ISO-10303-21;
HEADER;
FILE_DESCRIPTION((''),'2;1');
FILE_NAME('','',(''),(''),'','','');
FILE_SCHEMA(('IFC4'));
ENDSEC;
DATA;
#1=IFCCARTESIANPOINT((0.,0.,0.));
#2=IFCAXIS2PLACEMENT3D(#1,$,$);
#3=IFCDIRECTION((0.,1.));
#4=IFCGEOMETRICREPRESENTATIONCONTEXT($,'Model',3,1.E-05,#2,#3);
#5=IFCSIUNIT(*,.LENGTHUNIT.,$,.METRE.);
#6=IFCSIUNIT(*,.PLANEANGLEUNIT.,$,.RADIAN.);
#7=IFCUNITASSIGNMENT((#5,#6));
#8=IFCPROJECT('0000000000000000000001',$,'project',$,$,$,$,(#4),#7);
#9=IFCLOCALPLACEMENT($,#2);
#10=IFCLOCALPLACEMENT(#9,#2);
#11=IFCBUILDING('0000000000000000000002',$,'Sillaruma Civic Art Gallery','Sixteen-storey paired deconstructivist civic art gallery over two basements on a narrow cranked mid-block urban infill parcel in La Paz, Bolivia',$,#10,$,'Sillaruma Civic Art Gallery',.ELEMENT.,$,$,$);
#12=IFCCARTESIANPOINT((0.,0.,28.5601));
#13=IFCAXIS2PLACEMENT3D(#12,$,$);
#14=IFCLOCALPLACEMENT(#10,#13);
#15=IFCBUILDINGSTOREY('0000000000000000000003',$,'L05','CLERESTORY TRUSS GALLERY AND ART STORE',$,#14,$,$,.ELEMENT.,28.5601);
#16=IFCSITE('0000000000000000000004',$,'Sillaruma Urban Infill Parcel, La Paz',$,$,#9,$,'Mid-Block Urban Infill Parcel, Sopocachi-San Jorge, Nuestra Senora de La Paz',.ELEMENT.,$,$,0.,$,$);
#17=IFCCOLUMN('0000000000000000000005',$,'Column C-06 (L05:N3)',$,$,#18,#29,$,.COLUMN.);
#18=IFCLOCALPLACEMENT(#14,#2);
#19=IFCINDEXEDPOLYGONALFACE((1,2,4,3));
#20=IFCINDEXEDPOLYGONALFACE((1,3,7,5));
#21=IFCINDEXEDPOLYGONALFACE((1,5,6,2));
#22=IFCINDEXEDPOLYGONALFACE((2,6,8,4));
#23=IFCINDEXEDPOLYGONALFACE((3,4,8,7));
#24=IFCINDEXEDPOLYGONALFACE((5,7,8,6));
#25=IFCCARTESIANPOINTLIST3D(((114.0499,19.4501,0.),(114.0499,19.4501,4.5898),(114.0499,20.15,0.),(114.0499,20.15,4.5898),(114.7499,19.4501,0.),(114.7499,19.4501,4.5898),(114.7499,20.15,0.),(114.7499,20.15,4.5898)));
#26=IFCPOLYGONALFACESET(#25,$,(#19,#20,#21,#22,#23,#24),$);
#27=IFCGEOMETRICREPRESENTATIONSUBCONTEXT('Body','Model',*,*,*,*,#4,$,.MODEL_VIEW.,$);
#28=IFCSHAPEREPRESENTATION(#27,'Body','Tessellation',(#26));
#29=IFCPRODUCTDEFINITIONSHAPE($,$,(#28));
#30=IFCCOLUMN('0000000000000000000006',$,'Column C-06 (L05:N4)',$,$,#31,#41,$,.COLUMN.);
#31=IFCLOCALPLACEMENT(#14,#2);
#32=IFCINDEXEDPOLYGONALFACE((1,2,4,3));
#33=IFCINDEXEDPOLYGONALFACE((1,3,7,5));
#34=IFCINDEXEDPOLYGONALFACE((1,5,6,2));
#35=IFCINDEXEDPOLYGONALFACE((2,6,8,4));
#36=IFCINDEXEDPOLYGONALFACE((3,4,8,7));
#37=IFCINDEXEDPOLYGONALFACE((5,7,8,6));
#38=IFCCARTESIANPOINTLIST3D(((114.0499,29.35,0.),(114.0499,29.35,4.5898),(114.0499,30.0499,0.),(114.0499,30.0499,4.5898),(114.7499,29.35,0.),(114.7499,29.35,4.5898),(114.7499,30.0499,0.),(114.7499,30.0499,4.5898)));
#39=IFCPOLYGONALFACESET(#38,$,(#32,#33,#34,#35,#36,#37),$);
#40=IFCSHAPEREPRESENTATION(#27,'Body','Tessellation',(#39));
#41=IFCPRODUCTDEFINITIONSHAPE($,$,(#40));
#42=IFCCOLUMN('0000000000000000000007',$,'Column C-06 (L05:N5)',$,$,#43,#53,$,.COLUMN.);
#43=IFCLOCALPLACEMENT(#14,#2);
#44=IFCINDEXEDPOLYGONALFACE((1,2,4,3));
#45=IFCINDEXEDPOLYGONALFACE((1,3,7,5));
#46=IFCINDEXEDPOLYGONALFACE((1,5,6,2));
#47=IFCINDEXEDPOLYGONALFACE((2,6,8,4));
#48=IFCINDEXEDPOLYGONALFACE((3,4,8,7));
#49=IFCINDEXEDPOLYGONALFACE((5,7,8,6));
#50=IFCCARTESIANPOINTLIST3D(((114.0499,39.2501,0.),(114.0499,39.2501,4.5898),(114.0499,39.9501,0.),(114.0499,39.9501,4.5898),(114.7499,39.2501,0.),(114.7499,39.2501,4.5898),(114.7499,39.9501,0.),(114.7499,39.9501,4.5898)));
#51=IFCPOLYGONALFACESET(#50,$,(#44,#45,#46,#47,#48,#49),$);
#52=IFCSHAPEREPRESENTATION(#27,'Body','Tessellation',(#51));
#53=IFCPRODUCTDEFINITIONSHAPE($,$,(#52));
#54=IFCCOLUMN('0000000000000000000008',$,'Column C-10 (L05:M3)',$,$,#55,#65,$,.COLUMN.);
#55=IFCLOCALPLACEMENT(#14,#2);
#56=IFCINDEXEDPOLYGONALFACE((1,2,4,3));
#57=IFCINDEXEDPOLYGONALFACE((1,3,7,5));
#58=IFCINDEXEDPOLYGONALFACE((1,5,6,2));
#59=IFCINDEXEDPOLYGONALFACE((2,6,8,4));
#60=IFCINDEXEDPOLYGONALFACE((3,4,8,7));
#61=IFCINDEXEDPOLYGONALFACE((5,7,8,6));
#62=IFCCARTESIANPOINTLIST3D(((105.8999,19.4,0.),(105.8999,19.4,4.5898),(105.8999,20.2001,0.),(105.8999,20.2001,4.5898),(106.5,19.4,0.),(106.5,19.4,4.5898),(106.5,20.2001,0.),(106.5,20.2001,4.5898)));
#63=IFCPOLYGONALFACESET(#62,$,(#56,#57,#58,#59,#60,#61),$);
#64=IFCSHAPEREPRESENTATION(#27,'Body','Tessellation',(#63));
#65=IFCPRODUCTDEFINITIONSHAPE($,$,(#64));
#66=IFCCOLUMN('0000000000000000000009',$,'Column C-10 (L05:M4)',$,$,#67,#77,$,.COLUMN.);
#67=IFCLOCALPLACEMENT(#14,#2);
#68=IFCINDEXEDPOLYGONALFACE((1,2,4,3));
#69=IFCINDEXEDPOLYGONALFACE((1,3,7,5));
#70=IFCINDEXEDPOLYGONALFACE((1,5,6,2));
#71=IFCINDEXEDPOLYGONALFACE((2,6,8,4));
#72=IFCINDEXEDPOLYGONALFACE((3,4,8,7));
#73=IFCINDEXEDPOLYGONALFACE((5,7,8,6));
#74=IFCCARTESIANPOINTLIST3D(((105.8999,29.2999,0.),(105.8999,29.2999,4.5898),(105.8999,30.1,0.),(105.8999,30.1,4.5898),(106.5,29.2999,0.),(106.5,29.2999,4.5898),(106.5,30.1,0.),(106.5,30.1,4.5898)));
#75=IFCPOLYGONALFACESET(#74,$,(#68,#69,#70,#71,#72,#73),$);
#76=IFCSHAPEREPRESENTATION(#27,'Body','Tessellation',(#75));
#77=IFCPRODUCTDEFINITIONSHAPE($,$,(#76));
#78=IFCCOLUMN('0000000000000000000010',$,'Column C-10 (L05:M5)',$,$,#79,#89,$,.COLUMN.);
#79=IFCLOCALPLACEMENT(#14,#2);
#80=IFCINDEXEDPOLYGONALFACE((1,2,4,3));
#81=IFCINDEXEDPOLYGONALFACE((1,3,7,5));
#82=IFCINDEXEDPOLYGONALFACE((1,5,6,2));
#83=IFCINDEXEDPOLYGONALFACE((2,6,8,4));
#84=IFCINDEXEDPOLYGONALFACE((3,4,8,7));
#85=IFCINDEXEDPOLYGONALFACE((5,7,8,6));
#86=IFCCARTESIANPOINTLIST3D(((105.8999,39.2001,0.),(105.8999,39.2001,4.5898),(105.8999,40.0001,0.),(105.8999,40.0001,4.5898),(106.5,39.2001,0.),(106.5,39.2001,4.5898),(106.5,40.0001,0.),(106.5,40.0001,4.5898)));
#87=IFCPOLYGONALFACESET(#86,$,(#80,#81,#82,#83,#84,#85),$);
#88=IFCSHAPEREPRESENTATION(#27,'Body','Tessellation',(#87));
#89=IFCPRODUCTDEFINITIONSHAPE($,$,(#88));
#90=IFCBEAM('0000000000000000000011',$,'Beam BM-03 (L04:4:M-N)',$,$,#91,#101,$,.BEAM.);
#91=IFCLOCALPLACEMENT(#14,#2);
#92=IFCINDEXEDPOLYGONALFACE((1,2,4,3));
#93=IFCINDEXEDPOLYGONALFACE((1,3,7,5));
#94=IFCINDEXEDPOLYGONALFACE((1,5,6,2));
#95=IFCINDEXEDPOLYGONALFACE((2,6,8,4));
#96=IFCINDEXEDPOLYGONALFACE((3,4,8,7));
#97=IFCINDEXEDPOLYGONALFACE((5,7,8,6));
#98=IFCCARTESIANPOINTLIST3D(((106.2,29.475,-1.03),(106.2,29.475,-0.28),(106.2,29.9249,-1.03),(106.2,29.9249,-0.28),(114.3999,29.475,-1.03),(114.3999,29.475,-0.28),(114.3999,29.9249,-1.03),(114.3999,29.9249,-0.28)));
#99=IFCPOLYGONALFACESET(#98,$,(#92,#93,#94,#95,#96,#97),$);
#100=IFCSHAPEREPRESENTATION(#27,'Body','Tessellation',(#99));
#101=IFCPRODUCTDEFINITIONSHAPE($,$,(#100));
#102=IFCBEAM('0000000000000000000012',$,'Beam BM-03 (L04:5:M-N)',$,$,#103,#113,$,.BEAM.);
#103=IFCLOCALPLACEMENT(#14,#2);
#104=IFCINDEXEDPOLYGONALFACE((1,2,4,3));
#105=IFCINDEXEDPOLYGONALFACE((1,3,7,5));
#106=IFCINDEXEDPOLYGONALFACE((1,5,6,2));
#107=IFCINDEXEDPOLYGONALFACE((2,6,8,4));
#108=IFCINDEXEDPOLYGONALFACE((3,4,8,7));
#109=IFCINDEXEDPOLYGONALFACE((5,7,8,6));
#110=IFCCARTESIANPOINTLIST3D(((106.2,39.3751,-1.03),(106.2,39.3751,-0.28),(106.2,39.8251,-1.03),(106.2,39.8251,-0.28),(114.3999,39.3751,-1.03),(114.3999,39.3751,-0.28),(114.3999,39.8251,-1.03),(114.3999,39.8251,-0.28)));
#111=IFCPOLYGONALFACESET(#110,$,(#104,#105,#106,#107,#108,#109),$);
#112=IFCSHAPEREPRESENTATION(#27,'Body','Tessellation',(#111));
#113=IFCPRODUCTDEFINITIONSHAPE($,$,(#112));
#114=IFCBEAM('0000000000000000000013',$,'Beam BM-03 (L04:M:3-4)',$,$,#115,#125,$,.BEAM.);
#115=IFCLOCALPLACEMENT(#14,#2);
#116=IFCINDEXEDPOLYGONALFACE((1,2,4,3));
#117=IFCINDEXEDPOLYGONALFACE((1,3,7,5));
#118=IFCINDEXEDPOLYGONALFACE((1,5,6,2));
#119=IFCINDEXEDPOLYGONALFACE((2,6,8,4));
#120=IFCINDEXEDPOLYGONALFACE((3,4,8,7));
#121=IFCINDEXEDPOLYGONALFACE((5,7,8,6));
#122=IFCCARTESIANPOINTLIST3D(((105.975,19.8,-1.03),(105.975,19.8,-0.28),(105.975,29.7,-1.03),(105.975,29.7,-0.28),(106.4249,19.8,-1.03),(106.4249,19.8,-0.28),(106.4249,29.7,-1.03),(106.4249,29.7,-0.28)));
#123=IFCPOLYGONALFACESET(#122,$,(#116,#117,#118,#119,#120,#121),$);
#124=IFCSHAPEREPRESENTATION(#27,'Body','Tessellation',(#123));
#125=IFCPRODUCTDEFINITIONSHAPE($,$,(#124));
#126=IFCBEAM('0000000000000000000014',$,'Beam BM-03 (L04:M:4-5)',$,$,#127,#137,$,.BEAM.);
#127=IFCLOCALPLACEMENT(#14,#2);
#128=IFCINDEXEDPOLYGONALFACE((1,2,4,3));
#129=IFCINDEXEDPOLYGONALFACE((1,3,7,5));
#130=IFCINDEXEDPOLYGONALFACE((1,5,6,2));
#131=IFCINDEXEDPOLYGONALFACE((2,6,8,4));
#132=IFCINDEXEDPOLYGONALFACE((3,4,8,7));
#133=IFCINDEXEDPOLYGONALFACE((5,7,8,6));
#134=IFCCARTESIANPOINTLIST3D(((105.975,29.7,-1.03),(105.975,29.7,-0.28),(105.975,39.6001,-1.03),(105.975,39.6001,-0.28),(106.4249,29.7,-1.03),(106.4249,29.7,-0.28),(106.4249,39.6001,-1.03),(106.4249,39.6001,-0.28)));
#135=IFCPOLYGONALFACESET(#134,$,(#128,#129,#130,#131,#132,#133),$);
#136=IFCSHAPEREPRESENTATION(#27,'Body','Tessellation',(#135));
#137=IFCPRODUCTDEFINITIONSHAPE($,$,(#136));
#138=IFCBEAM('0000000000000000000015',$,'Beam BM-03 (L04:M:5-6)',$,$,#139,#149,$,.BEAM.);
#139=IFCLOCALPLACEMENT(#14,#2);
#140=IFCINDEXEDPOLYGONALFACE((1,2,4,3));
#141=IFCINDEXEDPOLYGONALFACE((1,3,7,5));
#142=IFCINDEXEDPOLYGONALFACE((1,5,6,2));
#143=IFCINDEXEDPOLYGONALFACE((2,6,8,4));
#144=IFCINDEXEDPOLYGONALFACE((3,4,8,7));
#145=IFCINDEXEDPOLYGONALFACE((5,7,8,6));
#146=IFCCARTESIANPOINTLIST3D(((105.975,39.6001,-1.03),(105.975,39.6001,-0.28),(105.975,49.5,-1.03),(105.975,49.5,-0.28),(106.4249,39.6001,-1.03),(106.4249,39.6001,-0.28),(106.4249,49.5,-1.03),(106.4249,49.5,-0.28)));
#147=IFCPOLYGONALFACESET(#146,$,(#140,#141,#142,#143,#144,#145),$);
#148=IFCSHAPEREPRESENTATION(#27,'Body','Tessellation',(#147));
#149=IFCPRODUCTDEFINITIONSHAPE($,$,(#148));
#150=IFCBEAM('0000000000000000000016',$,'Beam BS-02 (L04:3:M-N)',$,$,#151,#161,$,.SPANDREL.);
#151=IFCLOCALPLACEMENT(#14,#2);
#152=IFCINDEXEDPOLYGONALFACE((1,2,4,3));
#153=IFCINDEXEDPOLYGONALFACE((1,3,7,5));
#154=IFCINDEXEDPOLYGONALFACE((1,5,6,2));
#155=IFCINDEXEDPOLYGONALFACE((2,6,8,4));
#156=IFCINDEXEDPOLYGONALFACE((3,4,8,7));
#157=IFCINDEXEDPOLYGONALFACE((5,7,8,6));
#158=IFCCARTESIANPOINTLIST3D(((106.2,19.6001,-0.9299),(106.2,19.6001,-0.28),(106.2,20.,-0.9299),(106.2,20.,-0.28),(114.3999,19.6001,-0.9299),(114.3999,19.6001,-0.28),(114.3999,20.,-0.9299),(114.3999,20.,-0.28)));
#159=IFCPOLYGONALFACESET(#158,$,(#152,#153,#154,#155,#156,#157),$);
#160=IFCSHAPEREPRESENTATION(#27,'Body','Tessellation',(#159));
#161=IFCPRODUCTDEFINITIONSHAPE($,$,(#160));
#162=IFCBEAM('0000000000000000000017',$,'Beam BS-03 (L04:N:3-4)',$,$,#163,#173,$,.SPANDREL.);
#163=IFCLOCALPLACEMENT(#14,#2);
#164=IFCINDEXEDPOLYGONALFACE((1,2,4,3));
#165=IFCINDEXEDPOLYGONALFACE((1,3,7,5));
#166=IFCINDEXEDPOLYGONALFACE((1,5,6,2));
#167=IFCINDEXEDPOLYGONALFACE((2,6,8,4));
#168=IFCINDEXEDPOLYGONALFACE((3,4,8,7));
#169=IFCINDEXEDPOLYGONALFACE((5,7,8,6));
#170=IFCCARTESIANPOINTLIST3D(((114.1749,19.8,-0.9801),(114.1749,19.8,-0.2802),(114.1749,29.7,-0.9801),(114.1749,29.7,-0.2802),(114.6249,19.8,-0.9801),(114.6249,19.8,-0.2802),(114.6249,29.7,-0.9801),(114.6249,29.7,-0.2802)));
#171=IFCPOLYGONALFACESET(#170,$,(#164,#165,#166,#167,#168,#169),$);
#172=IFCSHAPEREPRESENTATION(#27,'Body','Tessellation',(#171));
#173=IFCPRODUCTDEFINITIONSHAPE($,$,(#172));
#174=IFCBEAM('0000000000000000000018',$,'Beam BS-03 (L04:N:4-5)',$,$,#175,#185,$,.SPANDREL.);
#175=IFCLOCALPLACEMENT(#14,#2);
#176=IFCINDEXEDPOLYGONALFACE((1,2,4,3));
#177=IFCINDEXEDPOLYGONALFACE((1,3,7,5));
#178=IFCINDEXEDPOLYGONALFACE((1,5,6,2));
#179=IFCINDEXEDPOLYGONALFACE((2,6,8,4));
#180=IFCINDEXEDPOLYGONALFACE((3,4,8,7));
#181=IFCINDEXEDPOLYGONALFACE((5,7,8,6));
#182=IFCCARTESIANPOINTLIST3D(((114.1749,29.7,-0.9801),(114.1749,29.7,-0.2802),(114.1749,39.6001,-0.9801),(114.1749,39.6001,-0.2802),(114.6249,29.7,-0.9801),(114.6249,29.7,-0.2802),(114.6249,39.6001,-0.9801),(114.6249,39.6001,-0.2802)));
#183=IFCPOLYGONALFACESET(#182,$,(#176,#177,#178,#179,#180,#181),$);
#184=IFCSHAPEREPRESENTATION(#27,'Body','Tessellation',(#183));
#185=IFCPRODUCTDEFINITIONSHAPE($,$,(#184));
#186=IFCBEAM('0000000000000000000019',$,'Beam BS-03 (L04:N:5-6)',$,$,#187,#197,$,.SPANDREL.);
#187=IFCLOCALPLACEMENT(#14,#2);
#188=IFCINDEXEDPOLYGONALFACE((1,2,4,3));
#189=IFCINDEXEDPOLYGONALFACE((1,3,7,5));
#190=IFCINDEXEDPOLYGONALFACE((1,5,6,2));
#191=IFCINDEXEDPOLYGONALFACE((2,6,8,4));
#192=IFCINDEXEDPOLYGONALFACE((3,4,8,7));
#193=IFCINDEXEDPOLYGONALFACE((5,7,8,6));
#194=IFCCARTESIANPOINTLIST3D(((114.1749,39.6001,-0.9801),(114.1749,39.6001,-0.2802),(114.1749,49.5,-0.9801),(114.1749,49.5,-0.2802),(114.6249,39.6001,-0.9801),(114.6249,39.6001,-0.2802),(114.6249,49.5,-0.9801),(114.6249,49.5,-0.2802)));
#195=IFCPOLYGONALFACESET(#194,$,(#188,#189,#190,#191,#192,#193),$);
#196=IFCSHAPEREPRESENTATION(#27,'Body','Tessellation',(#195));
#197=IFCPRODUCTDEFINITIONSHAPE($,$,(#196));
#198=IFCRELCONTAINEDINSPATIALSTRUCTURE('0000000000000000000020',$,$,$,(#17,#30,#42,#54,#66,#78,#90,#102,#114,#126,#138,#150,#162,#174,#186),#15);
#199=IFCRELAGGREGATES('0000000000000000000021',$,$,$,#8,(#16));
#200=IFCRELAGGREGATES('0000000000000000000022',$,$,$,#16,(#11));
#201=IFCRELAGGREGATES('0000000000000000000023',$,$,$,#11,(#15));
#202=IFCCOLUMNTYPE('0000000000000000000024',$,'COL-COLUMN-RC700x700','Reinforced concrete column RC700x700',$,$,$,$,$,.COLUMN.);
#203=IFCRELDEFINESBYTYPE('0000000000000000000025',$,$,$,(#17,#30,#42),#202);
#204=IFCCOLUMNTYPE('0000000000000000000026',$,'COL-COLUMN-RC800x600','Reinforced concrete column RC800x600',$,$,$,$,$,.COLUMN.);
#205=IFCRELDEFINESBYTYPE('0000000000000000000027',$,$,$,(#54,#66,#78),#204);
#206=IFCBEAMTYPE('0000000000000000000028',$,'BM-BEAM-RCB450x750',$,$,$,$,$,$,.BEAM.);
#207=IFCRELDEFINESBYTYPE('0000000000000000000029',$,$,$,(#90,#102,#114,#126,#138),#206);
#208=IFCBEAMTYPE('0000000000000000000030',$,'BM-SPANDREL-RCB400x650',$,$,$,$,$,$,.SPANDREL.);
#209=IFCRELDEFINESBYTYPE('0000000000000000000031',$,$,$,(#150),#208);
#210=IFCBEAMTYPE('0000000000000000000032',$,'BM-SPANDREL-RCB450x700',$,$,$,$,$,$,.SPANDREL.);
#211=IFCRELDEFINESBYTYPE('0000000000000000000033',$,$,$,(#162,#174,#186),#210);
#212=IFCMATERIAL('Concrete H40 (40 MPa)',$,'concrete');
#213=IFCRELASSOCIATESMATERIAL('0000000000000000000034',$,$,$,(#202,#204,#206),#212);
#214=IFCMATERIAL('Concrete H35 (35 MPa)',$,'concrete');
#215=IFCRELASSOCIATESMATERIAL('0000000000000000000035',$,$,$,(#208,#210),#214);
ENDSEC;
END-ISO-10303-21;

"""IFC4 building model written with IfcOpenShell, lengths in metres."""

from ifc_helpers import new_model, si_unit, direction, frame, origin, origin_2d, place, context, subcontext, project, spatial, rectangle, extrude, material, material_profile, profile_set, type_object, element, save


model = new_model("IFC4")

# Units and contexts
model_context = context("Model", 3, precision=1e-05, world=origin(), true_north=direction((0.0, 1.0)))
body_context = subcontext(model_context, "Body", "Model", "MODEL_VIEW")
ifc_project = project(units=[si_unit("LENGTHUNIT", "METRE"), si_unit("PLANEANGLEUNIT", "RADIAN")], contexts=[model_context])

# Site, building, storey
site_placement = place(None, origin())
site = spatial("IfcSite", under=ifc_project, at=site_placement, Name="Sillaruma Urban Infill Parcel, La Paz", LongName="Mid-Block Urban Infill Parcel, Sopocachi-San Jorge, Nuestra Senora de La Paz", CompositionType="ELEMENT", RefElevation=0.0)
building_placement = place(site_placement, origin())
building = spatial("IfcBuilding", under=site, at=building_placement, Name="Sillaruma Civic Art Gallery", Description="Sixteen-storey paired deconstructivist civic art gallery over two basements on a narrow cranked mid-block urban infill parcel in La Paz, Bolivia", LongName="Sillaruma Civic Art Gallery", CompositionType="ELEMENT")
storey_placement = place(building_placement, frame((0.0, 0.0, 28.5601)))
storey = spatial("IfcBuildingStorey", under=building, at=storey_placement, Name="L05", Description="CLERESTORY TRUSS GALLERY AND ART STORE", CompositionType="ELEMENT", Elevation=28.5601)

# Columns
ifc_material_1 = material(Name="Concrete H40 (40 MPa)", Category="concrete")
ifc_material_profile_1 = material_profile(ifc_material_1, rectangle(XDim=0.7, YDim=0.7, at=origin_2d()), Name="RC700x700")
ifc_profile_set_1 = profile_set([ifc_material_profile_1], Name="Concrete H40 (40 MPa)")
column_type_1 = type_object("IfcColumnType", Name="COL-COLUMN-RC700x700", Description="Reinforced concrete column RC700x700", PredefinedType="COLUMN", material=ifc_profile_set_1)
for number, where, z_axis, x_axis, name in (
    (1, (114.3999, 19.8, 0.0), (0.0, 0.0, 1.0), (1.0, 0.0, 0.0), "Column C-06 (L05:N3)"),
    (2, (114.3999, 29.7, 0.0), (0.0, 0.0, 1.0), (1.0, 0.0, 0.0), "Column C-06 (L05:N4)"),
    (3, (114.3999, 39.6001, 0.0), (0.0, 0.0, 1.0), (1.0, 0.0, 0.0), "Column C-06 (L05:N5)"),
):
    element("IfcColumn", number, at=place(storey_placement, frame(where, z_axis=z_axis, x_axis=x_axis)), inside=storey, type_object=column_type_1, Name=name, PredefinedType="COLUMN", context=body_context, shape_type="SweptSolid", body=[
        extrude(rectangle(XDim=0.7, YDim=0.7, at=origin_2d()), origin(), (0.0, 0.0, 1.0), 4.5898),
    ])
ifc_material_profile_2 = material_profile(ifc_material_1, rectangle(XDim=0.6001, YDim=0.8, at=origin_2d()), Name="RC800x600")
ifc_profile_set_2 = profile_set([ifc_material_profile_2], Name="Concrete H40 (40 MPa)")
column_type_2 = type_object("IfcColumnType", Name="COL-COLUMN-RC800x600", Description="Reinforced concrete column RC800x600", PredefinedType="COLUMN", material=ifc_profile_set_2)
for number, where, z_axis, x_axis, name in (
    (4, (106.2, 19.8, 0.0), (0.0, 0.0, 1.0), (1.0, 0.0, 0.0), "Column C-10 (L05:M3)"),
    (5, (106.2, 29.7, 0.0), (0.0, 0.0, 1.0), (1.0, 0.0, 0.0), "Column C-10 (L05:M4)"),
    (6, (106.2, 39.6001, 0.0), (0.0, 0.0, 1.0), (1.0, 0.0, 0.0), "Column C-10 (L05:M5)"),
):
    element("IfcColumn", number, at=place(storey_placement, frame(where, z_axis=z_axis, x_axis=x_axis)), inside=storey, type_object=column_type_2, Name=name, PredefinedType="COLUMN", context=body_context, shape_type="SweptSolid", body=[
        extrude(rectangle(XDim=0.6001, YDim=0.8, at=origin_2d()), origin(), (0.0, 0.0, 1.0), 4.5898),
    ])

# Beams
ifc_material_profile_3 = material_profile(ifc_material_1, rectangle(XDim=0.45, YDim=0.75, at=origin_2d()), Name="RCB450x750")
ifc_profile_set_3 = profile_set([ifc_material_profile_3], Name="Concrete H40 (40 MPa)")
beam_type_1 = type_object("IfcBeamType", Name="BM-BEAM-RCB450x750", PredefinedType="BEAM", material=ifc_profile_set_3)
for number, where, z_axis, x_axis, name in (
    (7, (106.2, 29.7, -0.655), (1.0, 0.0, 0.0), (0.0, 1.0, 0.0), "Beam BM-03 (L04:4:M-N)"),
    (8, (106.2, 39.6001, -0.655), (1.0, 0.0, 0.0), (0.0, 1.0, 0.0), "Beam BM-03 (L04:5:M-N)"),
):
    element("IfcBeam", number, at=place(storey_placement, frame(where, z_axis=z_axis, x_axis=x_axis)), inside=storey, type_object=beam_type_1, Name=name, PredefinedType="BEAM", context=body_context, shape_type="SweptSolid", body=[
        extrude(rectangle(XDim=0.45, YDim=0.75, at=origin_2d()), origin(), (0.0, 0.0, 1.0), 8.2),
    ])
beam_1_placement = place(storey_placement, frame((106.2, 19.8, -0.655), z_axis=(0.0, 1.0, 0.0), x_axis=(-1.0, 0.0, 0.0)))
element("IfcBeam", 9, at=beam_1_placement, inside=storey, type_object=beam_type_1, Name="Beam BM-03 (L04:M:3-4)", PredefinedType="BEAM", context=body_context, shape_type="SweptSolid", body=[
    extrude(rectangle(XDim=0.45, YDim=0.75, at=origin_2d()), origin(), (0.0, 0.0, 1.0), 9.8999),
])
beam_2_placement = place(storey_placement, frame((106.2, 29.7, -0.655), z_axis=(0.0, 1.0, 0.0), x_axis=(-1.0, 0.0, 0.0)))
element("IfcBeam", 10, at=beam_2_placement, inside=storey, type_object=beam_type_1, Name="Beam BM-03 (L04:M:4-5)", PredefinedType="BEAM", context=body_context, shape_type="SweptSolid", body=[
    extrude(rectangle(XDim=0.45, YDim=0.75, at=origin_2d()), origin(), (0.0, 0.0, 1.0), 9.9001),
])
beam_3_placement = place(storey_placement, frame((106.2, 39.6001, -0.655), z_axis=(0.0, 1.0, 0.0), x_axis=(-1.0, 0.0, 0.0)))
element("IfcBeam", 11, at=beam_3_placement, inside=storey, type_object=beam_type_1, Name="Beam BM-03 (L04:M:5-6)", PredefinedType="BEAM", context=body_context, shape_type="SweptSolid", body=[
    extrude(rectangle(XDim=0.45, YDim=0.75, at=origin_2d()), origin(), (0.0, 0.0, 1.0), 9.8999),
])
ifc_material_2 = material(Name="Concrete H35 (35 MPa)", Category="concrete")
ifc_material_profile_4 = material_profile(ifc_material_2, rectangle(XDim=0.3999, YDim=0.6499, at=origin_2d()), Name="RCB400x650")
ifc_profile_set_4 = profile_set([ifc_material_profile_4], Name="Concrete H35 (35 MPa)")
beam_type_2 = type_object("IfcBeamType", Name="BM-SPANDREL-RCB400x650", PredefinedType="SPANDREL", material=ifc_profile_set_4)
beam_4_placement = place(storey_placement, frame((106.2, 19.8, -0.605), z_axis=(1.0, 0.0, 0.0), x_axis=(0.0, 1.0, 0.0)))
element("IfcBeam", 12, at=beam_4_placement, inside=storey, type_object=beam_type_2, Name="Beam BS-02 (L04:3:M-N)", PredefinedType="SPANDREL", context=body_context, shape_type="SweptSolid", body=[
    extrude(rectangle(XDim=0.3999, YDim=0.6499, at=origin_2d()), origin(), (0.0, 0.0, 1.0), 8.2),
])
ifc_material_profile_5 = material_profile(ifc_material_2, rectangle(XDim=0.45, YDim=0.7, at=origin_2d()), Name="RCB450x700")
ifc_profile_set_5 = profile_set([ifc_material_profile_5], Name="Concrete H35 (35 MPa)")
beam_type_3 = type_object("IfcBeamType", Name="BM-SPANDREL-RCB450x700", PredefinedType="SPANDREL", material=ifc_profile_set_5)
beam_5_placement = place(storey_placement, frame((114.3999, 19.8, -0.6301), z_axis=(0.0, 1.0, 0.0), x_axis=(-1.0, 0.0, 0.0)))
element("IfcBeam", 13, at=beam_5_placement, inside=storey, type_object=beam_type_3, Name="Beam BS-03 (L04:N:3-4)", PredefinedType="SPANDREL", context=body_context, shape_type="SweptSolid", body=[
    extrude(rectangle(XDim=0.45, YDim=0.7, at=origin_2d()), origin(), (0.0, 0.0, 1.0), 9.8999),
])
beam_6_placement = place(storey_placement, frame((114.3999, 29.7, -0.6301), z_axis=(0.0, 1.0, 0.0), x_axis=(-1.0, 0.0, 0.0)))
element("IfcBeam", 14, at=beam_6_placement, inside=storey, type_object=beam_type_3, Name="Beam BS-03 (L04:N:4-5)", PredefinedType="SPANDREL", context=body_context, shape_type="SweptSolid", body=[
    extrude(rectangle(XDim=0.45, YDim=0.7, at=origin_2d()), origin(), (0.0, 0.0, 1.0), 9.9001),
])
beam_7_placement = place(storey_placement, frame((114.3999, 39.6001, -0.6301), z_axis=(0.0, 1.0, 0.0), x_axis=(-1.0, 0.0, 0.0)))
element("IfcBeam", 15, at=beam_7_placement, inside=storey, type_object=beam_type_3, Name="Beam BS-03 (L04:N:5-6)", PredefinedType="SPANDREL", context=body_context, shape_type="SweptSolid", body=[
    extrude(rectangle(XDim=0.45, YDim=0.7, at=origin_2d()), origin(), (0.0, 0.0, 1.0), 9.8999),
])

save(model, "model.ifc")
